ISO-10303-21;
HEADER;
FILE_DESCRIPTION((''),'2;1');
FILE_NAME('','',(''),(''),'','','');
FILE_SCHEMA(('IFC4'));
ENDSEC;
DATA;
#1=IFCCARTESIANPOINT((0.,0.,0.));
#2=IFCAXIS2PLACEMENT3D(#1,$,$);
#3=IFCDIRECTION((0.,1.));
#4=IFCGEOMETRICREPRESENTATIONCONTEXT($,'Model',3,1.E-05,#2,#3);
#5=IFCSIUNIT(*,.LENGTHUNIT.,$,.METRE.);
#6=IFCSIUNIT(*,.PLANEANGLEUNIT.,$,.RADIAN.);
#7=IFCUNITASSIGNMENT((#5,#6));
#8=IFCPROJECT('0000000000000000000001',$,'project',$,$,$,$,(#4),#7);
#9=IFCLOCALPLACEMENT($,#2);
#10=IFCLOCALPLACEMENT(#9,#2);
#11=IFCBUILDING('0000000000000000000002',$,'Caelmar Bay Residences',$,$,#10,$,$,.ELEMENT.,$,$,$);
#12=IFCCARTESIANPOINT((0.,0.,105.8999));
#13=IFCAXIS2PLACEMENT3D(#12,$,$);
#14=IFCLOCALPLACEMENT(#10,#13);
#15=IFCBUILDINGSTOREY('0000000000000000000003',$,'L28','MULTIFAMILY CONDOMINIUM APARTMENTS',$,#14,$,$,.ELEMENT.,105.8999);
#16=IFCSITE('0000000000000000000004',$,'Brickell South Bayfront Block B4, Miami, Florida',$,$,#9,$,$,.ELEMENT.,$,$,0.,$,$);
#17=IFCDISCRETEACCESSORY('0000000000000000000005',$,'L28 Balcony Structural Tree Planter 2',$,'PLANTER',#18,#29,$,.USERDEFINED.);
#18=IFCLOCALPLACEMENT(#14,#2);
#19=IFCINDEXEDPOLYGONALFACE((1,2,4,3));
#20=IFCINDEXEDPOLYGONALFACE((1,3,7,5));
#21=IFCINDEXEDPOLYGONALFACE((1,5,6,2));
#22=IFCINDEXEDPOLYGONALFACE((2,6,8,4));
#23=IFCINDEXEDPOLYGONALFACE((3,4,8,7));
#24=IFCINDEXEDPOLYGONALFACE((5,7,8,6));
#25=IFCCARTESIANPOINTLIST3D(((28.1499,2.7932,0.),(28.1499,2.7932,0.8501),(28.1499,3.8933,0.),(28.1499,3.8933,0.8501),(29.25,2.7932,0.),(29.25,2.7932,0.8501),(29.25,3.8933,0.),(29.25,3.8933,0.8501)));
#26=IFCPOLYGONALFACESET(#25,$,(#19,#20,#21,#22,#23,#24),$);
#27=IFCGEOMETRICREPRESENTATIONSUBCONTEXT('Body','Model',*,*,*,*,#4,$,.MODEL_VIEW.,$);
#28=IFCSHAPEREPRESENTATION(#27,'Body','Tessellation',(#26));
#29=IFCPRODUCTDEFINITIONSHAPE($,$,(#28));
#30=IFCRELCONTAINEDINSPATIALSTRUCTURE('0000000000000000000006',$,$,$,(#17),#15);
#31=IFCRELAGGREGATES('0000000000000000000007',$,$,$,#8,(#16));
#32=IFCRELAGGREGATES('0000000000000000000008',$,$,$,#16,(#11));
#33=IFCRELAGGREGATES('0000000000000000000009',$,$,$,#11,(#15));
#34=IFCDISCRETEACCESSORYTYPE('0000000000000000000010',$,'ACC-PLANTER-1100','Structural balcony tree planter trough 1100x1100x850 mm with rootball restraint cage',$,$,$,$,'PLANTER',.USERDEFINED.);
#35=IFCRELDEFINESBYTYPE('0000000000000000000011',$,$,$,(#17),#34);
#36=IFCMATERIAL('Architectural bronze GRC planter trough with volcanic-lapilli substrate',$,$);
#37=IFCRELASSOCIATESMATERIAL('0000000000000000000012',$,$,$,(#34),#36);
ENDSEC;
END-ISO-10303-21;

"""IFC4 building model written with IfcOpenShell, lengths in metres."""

from ifc_helpers import new_model, si_unit, direction, frame, origin, origin_2d, place, context, subcontext, project, spatial, rectangle, extrude, material, type_object, element, save


model = new_model("IFC4")

# Units and contexts
model_context = context("Model", 3, precision=1e-05, world=origin(), true_north=direction((0.0, 1.0)))
body_context = subcontext(model_context, "Body", "Model", "MODEL_VIEW")
ifc_project = project(units=[si_unit("LENGTHUNIT", "METRE"), si_unit("PLANEANGLEUNIT", "RADIAN")], contexts=[model_context])

# Site, building, storey
site_placement = place(None, origin())
site = spatial("IfcSite", under=ifc_project, at=site_placement, Name="Brickell South Bayfront Block B4, Miami, Florida", CompositionType="ELEMENT", RefElevation=0.0)
building_placement = place(site_placement, origin())
building = spatial("IfcBuilding", under=site, at=building_placement, Name="Caelmar Bay Residences", CompositionType="ELEMENT")
storey_placement = place(building_placement, frame((0.0, 0.0, 105.8999)))
storey = spatial("IfcBuildingStorey", under=building, at=storey_placement, Name="L28", Description="MULTIFAMILY CONDOMINIUM APARTMENTS", CompositionType="ELEMENT", Elevation=105.8999)

# Discrete accessory
ifc_material_1 = material(Name="Architectural bronze GRC planter trough with volcanic-lapilli substrate")
discrete_accessory_type = type_object("IfcDiscreteAccessoryType", Name="ACC-PLANTER-1100", Description="Structural balcony tree planter trough 1100x1100x850 mm with rootball restraint cage", ElementType="PLANTER", PredefinedType="USERDEFINED", material=ifc_material_1)
discrete_accessory_placement = place(storey_placement, frame((28.7, 3.3433, 0.0), z_axis=(0.0, 0.0, 1.0), x_axis=(1.0, 0.0, 0.0)))
element("IfcDiscreteAccessory", 1, at=discrete_accessory_placement, inside=storey, type_object=discrete_accessory_type, Name="L28 Balcony Structural Tree Planter 2", ObjectType="PLANTER", PredefinedType="USERDEFINED", context=body_context, shape_type="SweptSolid", body=[
    extrude(rectangle(XDim=1.1001, YDim=1.1001, at=origin_2d()), origin(), (0.0, 0.0, 1.0), 0.8501),
])

save(model, "model.ifc")
